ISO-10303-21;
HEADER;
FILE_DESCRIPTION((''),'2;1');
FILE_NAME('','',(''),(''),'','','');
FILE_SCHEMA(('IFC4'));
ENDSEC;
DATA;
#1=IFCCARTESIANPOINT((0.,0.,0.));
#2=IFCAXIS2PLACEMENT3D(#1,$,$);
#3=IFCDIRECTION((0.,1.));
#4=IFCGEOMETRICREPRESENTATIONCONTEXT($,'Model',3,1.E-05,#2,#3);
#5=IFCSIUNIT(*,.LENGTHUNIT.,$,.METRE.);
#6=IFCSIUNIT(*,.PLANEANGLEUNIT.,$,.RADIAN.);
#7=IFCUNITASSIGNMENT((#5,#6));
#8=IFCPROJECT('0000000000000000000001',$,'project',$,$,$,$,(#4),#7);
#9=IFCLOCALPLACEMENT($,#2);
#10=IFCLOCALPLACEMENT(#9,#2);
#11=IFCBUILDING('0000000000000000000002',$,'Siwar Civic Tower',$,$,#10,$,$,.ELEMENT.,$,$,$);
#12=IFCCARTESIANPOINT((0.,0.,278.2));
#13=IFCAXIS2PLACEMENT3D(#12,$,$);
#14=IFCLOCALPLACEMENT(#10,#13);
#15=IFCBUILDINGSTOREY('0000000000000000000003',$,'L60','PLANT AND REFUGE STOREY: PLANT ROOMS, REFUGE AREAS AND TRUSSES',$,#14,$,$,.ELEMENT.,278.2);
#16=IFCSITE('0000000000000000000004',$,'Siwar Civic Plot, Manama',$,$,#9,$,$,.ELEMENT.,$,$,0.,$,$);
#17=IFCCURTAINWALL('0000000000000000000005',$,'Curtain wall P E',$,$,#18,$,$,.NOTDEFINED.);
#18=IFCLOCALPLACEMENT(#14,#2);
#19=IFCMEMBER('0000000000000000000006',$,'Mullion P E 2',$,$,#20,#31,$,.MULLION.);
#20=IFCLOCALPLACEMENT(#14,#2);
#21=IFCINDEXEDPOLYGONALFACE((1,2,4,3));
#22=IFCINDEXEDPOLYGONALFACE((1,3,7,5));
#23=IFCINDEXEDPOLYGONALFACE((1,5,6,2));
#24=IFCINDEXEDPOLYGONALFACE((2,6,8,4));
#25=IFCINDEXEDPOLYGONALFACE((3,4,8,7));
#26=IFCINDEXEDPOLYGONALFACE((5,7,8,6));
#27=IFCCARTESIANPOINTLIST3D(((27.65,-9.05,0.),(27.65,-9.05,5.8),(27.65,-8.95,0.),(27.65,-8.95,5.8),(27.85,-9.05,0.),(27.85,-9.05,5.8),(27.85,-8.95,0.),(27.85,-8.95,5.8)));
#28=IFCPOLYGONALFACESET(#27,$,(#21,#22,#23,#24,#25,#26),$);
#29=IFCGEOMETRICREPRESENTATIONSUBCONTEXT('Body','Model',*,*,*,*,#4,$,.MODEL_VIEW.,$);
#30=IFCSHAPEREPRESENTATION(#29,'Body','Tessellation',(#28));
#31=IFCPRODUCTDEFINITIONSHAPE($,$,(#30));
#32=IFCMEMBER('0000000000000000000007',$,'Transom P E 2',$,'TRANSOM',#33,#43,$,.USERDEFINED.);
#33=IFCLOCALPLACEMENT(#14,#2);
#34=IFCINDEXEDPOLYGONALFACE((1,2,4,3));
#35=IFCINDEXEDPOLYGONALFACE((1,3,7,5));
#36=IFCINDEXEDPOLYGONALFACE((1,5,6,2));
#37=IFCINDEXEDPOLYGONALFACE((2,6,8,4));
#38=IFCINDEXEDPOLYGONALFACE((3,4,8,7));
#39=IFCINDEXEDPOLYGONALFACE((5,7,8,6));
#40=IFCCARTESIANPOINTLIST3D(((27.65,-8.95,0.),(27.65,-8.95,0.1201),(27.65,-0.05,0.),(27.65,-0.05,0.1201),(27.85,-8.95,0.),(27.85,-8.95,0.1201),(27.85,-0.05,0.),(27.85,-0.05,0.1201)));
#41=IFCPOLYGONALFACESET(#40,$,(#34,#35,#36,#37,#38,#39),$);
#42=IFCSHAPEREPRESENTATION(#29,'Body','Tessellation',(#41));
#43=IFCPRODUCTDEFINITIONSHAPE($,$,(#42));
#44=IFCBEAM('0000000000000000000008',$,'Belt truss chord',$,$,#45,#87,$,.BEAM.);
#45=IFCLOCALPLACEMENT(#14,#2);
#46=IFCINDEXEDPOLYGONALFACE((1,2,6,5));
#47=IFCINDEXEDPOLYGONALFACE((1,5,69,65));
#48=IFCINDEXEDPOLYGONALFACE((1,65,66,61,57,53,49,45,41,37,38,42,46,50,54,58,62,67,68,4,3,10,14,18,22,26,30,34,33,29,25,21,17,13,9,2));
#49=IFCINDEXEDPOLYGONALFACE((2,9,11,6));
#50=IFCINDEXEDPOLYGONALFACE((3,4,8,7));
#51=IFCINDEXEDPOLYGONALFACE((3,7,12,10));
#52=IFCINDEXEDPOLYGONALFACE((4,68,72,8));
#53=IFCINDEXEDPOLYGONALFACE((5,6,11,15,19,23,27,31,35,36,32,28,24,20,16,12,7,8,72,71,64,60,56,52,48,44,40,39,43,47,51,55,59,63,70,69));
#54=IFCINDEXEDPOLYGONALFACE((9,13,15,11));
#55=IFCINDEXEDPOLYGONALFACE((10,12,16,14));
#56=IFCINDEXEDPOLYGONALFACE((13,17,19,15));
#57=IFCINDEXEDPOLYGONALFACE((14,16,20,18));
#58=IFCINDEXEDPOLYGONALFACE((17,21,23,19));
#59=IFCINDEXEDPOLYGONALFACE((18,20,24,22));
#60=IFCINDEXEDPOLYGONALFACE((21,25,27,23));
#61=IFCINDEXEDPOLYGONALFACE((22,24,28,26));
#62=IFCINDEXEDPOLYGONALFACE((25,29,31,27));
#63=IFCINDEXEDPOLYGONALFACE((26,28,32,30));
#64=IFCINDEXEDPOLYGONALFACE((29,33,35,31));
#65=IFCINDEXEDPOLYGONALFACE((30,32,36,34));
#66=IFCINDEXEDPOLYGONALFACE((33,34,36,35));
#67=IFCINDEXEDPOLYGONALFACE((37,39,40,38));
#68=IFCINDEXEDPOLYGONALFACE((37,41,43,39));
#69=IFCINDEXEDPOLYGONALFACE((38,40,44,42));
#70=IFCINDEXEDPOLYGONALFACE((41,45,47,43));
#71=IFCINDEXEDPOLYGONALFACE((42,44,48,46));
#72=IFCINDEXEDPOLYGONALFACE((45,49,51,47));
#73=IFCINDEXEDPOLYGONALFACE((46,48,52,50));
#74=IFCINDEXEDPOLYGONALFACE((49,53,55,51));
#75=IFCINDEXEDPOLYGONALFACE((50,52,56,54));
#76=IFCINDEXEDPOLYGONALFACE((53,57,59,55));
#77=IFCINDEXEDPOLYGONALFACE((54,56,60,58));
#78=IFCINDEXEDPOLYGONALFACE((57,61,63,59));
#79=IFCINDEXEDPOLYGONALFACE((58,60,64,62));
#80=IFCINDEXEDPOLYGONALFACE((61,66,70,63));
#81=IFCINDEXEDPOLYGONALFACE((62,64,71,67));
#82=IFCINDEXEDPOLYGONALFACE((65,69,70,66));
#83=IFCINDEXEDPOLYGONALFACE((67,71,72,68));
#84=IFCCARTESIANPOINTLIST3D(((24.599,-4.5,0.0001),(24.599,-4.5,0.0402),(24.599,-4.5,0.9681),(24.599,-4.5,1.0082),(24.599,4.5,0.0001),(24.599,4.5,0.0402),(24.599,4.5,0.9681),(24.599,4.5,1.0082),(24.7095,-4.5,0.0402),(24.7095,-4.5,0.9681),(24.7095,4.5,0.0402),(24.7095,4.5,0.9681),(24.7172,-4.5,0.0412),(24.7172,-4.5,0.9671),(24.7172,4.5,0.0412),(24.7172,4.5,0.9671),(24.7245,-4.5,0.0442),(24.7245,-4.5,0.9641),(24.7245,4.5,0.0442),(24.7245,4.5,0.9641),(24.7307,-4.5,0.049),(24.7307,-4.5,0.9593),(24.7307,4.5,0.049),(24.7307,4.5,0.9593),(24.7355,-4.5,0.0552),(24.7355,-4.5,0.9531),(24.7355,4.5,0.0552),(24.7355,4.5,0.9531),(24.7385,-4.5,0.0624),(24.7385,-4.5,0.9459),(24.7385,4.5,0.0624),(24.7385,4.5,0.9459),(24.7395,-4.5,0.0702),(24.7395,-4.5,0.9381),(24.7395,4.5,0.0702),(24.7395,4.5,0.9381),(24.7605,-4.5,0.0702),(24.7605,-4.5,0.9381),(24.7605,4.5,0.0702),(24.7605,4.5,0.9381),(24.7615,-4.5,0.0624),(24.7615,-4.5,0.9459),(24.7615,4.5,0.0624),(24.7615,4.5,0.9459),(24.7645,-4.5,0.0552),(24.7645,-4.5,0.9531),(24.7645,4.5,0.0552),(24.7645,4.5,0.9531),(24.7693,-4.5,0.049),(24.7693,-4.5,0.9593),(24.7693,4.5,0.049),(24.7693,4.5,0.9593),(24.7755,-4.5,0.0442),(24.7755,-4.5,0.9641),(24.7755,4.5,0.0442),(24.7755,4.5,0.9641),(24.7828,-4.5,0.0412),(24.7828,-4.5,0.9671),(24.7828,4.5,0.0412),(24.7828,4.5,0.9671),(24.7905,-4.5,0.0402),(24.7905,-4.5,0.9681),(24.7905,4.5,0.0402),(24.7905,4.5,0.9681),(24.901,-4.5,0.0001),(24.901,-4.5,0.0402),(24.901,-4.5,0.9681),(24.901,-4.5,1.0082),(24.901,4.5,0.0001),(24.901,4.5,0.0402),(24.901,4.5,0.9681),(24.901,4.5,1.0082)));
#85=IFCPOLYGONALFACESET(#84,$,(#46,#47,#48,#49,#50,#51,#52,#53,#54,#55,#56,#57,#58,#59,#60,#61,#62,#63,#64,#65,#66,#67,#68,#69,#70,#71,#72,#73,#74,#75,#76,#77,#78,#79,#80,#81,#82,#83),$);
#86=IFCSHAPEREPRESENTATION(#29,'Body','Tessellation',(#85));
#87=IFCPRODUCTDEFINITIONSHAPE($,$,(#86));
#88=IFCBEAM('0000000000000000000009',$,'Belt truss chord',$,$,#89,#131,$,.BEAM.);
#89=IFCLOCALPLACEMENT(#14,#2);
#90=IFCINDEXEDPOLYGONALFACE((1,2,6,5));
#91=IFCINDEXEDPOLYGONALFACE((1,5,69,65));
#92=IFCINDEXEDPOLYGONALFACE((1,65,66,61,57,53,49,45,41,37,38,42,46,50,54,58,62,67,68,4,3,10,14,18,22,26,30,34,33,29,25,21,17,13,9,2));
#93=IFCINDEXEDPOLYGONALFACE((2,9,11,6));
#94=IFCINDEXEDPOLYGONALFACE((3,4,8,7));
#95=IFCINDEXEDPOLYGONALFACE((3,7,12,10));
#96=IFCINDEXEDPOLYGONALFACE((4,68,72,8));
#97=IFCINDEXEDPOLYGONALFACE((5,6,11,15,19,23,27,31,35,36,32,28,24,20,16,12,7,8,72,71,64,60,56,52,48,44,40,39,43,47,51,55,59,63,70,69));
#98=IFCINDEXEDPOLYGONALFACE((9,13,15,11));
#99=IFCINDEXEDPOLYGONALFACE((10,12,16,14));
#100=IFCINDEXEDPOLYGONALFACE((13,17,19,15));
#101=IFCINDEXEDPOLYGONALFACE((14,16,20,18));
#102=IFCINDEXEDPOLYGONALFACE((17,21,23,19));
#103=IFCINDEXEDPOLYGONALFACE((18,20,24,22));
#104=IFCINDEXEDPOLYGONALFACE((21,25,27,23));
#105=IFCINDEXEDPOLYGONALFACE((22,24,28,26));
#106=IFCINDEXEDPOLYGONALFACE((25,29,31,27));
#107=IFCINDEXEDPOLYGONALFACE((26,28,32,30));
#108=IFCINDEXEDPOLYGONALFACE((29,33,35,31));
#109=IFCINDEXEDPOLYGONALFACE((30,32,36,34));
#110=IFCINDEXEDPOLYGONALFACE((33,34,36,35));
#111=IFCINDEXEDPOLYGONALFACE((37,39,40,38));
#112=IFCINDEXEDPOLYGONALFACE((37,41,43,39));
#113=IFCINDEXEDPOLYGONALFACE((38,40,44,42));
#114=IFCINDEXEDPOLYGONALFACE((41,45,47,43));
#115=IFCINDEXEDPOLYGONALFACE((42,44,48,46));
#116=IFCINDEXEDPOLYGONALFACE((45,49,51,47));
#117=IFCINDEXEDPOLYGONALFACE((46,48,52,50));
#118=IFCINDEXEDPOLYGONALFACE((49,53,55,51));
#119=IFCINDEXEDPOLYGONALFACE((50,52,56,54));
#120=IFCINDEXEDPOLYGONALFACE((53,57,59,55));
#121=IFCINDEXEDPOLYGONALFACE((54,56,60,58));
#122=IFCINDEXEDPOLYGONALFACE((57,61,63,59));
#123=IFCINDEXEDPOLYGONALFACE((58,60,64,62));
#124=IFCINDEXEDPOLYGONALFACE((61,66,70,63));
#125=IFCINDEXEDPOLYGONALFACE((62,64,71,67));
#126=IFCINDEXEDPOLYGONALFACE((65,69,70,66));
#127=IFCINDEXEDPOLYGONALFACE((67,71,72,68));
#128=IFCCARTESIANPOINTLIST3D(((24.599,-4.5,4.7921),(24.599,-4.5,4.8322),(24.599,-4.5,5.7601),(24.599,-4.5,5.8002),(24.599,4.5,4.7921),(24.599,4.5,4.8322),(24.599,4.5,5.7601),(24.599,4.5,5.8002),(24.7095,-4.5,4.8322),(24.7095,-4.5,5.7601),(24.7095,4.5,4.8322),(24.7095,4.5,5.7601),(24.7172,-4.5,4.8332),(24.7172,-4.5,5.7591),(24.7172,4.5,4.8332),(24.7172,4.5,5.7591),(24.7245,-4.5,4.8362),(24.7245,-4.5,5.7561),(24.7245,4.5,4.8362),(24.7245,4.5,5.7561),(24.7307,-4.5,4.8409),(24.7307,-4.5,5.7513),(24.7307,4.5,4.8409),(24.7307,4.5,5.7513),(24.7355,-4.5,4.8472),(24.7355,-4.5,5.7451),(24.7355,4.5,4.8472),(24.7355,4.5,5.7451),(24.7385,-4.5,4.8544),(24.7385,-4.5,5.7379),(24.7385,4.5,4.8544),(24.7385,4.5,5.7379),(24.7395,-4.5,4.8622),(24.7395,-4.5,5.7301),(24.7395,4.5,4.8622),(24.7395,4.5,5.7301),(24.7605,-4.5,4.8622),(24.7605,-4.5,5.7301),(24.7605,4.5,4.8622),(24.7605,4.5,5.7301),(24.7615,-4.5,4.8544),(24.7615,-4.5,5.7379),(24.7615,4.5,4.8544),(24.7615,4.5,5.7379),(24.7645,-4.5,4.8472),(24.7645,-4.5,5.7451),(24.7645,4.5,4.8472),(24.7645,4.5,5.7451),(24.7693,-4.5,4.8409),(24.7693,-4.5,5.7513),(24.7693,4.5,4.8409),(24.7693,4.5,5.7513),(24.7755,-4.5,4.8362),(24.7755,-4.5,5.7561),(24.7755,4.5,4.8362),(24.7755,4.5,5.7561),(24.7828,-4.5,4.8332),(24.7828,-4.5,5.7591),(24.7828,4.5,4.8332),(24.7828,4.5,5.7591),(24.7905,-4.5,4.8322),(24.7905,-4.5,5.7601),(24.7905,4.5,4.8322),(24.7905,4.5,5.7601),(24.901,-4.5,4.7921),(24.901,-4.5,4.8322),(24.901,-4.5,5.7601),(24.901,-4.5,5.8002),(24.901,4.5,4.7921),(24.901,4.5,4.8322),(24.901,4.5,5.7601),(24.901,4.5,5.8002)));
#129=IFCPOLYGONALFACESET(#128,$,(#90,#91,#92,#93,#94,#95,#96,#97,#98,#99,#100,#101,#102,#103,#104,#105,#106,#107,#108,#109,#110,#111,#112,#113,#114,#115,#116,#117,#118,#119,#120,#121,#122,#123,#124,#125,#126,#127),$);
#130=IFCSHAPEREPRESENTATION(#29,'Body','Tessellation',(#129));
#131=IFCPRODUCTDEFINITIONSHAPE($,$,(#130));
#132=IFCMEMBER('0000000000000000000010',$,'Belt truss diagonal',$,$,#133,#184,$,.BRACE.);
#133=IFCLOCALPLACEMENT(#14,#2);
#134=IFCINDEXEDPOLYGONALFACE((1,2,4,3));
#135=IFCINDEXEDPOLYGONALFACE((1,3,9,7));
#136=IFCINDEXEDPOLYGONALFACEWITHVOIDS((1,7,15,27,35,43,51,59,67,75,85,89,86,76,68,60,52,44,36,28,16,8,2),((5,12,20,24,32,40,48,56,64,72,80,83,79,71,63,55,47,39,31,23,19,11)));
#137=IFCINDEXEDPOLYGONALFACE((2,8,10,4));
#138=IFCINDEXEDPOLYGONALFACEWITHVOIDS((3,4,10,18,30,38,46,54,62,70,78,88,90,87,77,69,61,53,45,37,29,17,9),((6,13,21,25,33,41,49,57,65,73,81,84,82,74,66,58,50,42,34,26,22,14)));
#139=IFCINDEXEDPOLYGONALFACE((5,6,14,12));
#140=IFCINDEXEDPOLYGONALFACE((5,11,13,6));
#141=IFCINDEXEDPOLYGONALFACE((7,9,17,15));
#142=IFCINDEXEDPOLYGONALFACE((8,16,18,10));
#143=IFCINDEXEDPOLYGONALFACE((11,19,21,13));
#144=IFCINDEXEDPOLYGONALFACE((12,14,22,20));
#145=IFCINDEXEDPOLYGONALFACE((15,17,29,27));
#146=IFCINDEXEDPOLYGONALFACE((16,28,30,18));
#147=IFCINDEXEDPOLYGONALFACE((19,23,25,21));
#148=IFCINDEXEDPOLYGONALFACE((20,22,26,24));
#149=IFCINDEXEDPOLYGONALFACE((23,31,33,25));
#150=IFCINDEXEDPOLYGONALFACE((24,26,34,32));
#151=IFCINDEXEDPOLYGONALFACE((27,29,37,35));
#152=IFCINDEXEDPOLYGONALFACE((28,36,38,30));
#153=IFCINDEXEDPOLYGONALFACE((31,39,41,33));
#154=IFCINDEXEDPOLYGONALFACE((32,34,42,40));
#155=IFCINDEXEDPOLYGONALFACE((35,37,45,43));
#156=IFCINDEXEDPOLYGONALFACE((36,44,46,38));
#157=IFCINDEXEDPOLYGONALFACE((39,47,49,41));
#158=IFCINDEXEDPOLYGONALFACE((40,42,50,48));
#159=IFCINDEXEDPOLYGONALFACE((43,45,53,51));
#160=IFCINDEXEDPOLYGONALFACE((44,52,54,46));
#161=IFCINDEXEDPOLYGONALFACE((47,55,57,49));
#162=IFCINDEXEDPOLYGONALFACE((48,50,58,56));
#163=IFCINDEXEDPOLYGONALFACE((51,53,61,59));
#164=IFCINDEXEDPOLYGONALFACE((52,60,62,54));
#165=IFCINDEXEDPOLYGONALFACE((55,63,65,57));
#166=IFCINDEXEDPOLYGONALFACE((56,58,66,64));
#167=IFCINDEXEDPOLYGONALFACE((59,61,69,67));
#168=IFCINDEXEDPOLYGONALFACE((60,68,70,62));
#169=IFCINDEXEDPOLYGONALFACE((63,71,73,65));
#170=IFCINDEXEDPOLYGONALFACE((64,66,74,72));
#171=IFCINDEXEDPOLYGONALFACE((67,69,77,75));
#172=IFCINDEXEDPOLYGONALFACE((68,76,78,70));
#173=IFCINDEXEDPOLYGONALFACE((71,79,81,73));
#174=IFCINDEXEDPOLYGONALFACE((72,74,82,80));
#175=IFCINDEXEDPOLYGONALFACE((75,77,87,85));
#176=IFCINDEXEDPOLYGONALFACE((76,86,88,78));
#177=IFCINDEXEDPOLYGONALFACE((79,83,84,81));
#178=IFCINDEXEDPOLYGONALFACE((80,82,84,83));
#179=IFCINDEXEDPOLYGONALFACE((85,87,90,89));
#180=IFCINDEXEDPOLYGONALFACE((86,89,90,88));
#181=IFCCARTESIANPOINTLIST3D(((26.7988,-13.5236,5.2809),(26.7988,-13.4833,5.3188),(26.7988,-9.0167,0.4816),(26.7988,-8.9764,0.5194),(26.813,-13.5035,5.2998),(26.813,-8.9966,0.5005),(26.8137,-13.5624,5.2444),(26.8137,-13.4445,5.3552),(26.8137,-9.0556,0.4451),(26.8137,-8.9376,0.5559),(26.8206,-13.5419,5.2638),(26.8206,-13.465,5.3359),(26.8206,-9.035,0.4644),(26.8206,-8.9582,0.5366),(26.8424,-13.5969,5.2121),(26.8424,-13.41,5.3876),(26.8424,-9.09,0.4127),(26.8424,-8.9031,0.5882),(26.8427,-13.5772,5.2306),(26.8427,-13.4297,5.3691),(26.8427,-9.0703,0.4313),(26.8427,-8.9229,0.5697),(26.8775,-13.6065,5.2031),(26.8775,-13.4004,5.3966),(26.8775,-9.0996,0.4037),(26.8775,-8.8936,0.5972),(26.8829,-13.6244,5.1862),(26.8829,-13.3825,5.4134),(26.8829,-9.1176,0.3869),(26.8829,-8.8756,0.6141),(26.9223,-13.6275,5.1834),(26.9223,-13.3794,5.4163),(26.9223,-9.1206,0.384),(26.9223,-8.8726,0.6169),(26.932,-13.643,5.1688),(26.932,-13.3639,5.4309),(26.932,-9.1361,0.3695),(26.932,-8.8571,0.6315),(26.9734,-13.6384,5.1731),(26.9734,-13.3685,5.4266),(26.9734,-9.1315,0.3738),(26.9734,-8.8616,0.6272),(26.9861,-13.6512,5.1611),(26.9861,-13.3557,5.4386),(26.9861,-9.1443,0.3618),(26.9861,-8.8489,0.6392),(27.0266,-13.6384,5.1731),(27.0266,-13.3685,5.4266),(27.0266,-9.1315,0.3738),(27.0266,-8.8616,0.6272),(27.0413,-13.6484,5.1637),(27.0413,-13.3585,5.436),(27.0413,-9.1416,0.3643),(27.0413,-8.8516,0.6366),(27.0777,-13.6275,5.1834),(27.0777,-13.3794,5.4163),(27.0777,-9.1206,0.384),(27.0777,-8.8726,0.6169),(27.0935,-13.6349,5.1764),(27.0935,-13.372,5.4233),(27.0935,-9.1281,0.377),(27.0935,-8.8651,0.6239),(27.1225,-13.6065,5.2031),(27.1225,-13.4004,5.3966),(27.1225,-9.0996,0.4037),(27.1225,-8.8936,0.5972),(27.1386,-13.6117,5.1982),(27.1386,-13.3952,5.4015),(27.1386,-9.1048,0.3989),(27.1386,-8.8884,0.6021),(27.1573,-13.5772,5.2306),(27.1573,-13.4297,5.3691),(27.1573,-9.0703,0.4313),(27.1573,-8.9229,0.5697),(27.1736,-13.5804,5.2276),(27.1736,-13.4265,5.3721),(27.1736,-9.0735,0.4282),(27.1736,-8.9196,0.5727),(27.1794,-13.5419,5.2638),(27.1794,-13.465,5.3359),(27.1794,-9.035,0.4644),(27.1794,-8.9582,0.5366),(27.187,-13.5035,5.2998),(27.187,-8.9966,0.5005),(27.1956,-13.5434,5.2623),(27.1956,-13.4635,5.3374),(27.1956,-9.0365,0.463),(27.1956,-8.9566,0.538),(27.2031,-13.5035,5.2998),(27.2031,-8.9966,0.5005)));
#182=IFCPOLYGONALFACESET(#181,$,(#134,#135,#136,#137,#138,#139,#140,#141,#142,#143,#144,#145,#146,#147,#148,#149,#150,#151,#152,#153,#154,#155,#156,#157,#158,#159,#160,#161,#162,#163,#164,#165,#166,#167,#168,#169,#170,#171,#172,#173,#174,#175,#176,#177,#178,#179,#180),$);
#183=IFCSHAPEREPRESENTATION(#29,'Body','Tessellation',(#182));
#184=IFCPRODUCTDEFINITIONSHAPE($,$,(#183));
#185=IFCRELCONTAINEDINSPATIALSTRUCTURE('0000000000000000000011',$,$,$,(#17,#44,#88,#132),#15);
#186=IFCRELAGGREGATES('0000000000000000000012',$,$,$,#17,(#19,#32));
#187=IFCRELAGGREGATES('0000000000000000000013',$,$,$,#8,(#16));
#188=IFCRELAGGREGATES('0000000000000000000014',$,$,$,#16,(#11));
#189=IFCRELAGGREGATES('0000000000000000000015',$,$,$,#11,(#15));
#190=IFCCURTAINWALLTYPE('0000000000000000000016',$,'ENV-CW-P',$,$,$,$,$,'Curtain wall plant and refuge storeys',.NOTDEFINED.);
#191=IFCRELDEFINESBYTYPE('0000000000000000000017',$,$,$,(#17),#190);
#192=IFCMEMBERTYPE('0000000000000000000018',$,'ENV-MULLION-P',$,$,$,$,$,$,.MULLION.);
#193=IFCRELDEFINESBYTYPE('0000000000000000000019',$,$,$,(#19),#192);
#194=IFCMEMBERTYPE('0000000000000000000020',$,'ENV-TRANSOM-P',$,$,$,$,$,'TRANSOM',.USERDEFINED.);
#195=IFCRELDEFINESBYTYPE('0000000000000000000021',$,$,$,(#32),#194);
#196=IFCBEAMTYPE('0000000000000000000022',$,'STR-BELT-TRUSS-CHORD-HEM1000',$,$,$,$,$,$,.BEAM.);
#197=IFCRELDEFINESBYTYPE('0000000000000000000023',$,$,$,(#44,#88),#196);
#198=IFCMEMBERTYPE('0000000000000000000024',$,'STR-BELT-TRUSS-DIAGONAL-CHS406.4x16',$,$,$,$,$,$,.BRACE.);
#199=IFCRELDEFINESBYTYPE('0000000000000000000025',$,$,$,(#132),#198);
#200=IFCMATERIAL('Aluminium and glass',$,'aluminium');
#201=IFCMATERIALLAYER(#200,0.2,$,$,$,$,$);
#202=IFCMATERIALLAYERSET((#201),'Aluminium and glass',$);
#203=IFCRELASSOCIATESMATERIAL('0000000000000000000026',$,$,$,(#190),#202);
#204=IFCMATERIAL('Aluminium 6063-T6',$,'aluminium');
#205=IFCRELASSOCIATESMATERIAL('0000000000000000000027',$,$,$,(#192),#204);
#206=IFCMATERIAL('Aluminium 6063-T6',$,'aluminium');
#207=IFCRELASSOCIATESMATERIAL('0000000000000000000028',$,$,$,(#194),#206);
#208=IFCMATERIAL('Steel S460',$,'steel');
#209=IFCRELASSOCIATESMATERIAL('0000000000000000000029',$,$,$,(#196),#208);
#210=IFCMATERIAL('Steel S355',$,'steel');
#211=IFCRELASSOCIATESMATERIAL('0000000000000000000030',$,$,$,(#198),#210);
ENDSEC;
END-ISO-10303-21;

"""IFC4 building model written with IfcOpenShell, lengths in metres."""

from ifc_helpers import new_model, si_unit, direction, frame, origin, origin_2d, place, context, subcontext, project, spatial, rectangle, hollow_circle, i_section, extrude, material, layer, layer_set, material_profile, profile_set, type_object, element, aggregate, save


model = new_model("IFC4")

# Units and contexts
model_context = context("Model", 3, precision=1e-05, world=origin(), true_north=direction((0.0, 1.0)))
body_context = subcontext(model_context, "Body", "Model", "MODEL_VIEW")
ifc_project = project(units=[si_unit("LENGTHUNIT", "METRE"), si_unit("PLANEANGLEUNIT", "RADIAN")], contexts=[model_context])

# Site, building, storey
site_placement = place(None, origin())
site = spatial("IfcSite", under=ifc_project, at=site_placement, Name="Siwar Civic Plot, Manama", CompositionType="ELEMENT", RefElevation=0.0)
building_placement = place(site_placement, origin())
building = spatial("IfcBuilding", under=site, at=building_placement, Name="Siwar Civic Tower", CompositionType="ELEMENT")
storey_placement = place(building_placement, frame((0.0, 0.0, 278.2)))
storey = spatial("IfcBuildingStorey", under=building, at=storey_placement, Name="L60", Description="PLANT AND REFUGE STOREY: PLANT ROOMS, REFUGE AREAS AND TRUSSES", CompositionType="ELEMENT", Elevation=278.2)

# Curtain wall, members
ifc_material_1 = material(Name="Aluminium and glass", Category="aluminium")
ifc_layer_1 = layer(ifc_material_1, 0.2)
ifc_layer_set_1 = layer_set([ifc_layer_1], Name="Aluminium and glass")
curtain_wall_type = type_object("IfcCurtainWallType", Name="ENV-CW-P", ElementType="Curtain wall plant and refuge storeys", PredefinedType="NOTDEFINED", material=ifc_layer_set_1)
curtain_wall_placement = place(storey_placement, origin())
curtain_wall = element("IfcCurtainWall", 1, at=curtain_wall_placement, inside=storey, type_object=curtain_wall_type, Name="Curtain wall P E", PredefinedType="NOTDEFINED")
ifc_material_2 = material(Name="Aluminium 6063-T6", Category="aluminium")
ifc_material_profile_1 = material_profile(ifc_material_2, rectangle(XDim=0.2, YDim=0.1001, at=origin_2d()), Name="AL 200x100")
ifc_profile_set_1 = profile_set([ifc_material_profile_1], Name="Aluminium 6063-T6")
member_type_1 = type_object("IfcMemberType", Name="ENV-MULLION-P", PredefinedType="MULLION", material=ifc_profile_set_1)
member_1_placement = place(storey_placement, frame((27.75, -9.0, 0.0), z_axis=(0.0, 0.0, 1.0), x_axis=(-1.0, 0.0, 0.0)))
member_1 = element("IfcMember", 2, at=member_1_placement, type_object=member_type_1, Name="Mullion P E 2", PredefinedType="MULLION", context=body_context, shape_type="SweptSolid", body=[
    extrude(rectangle(XDim=0.2, YDim=0.1001, at=origin_2d()), origin(), (0.0, 0.0, 1.0), 5.8),
])
ifc_material_3 = material(Name="Aluminium 6063-T6", Category="aluminium")
ifc_material_profile_2 = material_profile(ifc_material_3, rectangle(XDim=0.2, YDim=0.1201, at=origin_2d()), Name="AL 200x120")
ifc_profile_set_2 = profile_set([ifc_material_profile_2], Name="Aluminium 6063-T6")
member_type_2 = type_object("IfcMemberType", Name="ENV-TRANSOM-P", ElementType="TRANSOM", PredefinedType="USERDEFINED", material=ifc_profile_set_2)
member_2_placement = place(storey_placement, frame((27.75, -8.95, 0.0601), z_axis=(0.0, 1.0, 0.0), x_axis=(-1.0, 0.0, 0.0)))
member_2 = element("IfcMember", 3, at=member_2_placement, type_object=member_type_2, Name="Transom P E 2", ObjectType="TRANSOM", PredefinedType="USERDEFINED", context=body_context, shape_type="SweptSolid", body=[
    extrude(rectangle(XDim=0.2, YDim=0.1201, at=origin_2d()), origin(), (0.0, 0.0, 1.0), 8.8999),
])

# Beams
ifc_material_4 = material(Name="Steel S460", Category="steel")
ifc_material_profile_3 = material_profile(ifc_material_4, i_section(OverallWidth=0.302, OverallDepth=1.0081, WebThickness=0.021, FlangeThickness=0.04, FilletRadius=0.03, at=origin_2d()), Name="HEM1000")
ifc_profile_set_3 = profile_set([ifc_material_profile_3], Name="Steel S460")
beam_type_1 = type_object("IfcBeamType", Name="STR-BELT-TRUSS-CHORD-HEM1000", PredefinedType="BEAM", material=ifc_profile_set_3)
for number, where, z_axis, x_axis, name in (
    (4, (24.75, -4.5, 0.5042), (0.0, 1.0, 0.0), (-1.0, 0.0, 0.0), "Belt truss chord"),
    (5, (24.75, -4.5, 5.2961), (0.0, 1.0, 0.0), (-1.0, 0.0, 0.0), "Belt truss chord"),
):
    element("IfcBeam", number, at=place(storey_placement, frame(where, z_axis=z_axis, x_axis=x_axis)), inside=storey, type_object=beam_type_1, Name=name, PredefinedType="BEAM", context=body_context, shape_type="SweptSolid", body=[
        extrude(i_section(OverallWidth=0.302, OverallDepth=1.0081, WebThickness=0.021, FlangeThickness=0.04, FilletRadius=0.03, at=origin_2d()), origin(), (0.0, 0.0, 1.0), 9.0),
    ])

# Member
ifc_material_5 = material(Name="Steel S355", Category="steel")
ifc_material_profile_4 = material_profile(ifc_material_5, hollow_circle(Radius=0.2031, WallThickness=0.0161, at=origin_2d()), Name="CHS406.4x16")
ifc_profile_set_4 = profile_set([ifc_material_profile_4], Name="Steel S355")
member_type_3 = type_object("IfcMemberType", Name="STR-BELT-TRUSS-DIAGONAL-CHS406.4x16", PredefinedType="BRACE", material=ifc_profile_set_4)
for number, where, z_axis, x_axis, name in (
    (6, (27.0, -8.9966, 0.5005), (0.0, -0.684545, 0.72897), (1.0, 0.0, 0.0), "Belt truss diagonal"),
):
    element("IfcMember", number, at=place(storey_placement, frame(where, z_axis=z_axis, x_axis=x_axis)), inside=storey, type_object=member_type_3, Name=name, PredefinedType="BRACE", context=body_context, shape_type="SweptSolid", body=[
        extrude(hollow_circle(Radius=0.2031, WallThickness=0.0161, at=origin_2d()), origin(), (0.0, 0.0, 1.0), 6.5837),
    ])

aggregate(curtain_wall, [member_1, member_2])

save(model, "model.ifc")
